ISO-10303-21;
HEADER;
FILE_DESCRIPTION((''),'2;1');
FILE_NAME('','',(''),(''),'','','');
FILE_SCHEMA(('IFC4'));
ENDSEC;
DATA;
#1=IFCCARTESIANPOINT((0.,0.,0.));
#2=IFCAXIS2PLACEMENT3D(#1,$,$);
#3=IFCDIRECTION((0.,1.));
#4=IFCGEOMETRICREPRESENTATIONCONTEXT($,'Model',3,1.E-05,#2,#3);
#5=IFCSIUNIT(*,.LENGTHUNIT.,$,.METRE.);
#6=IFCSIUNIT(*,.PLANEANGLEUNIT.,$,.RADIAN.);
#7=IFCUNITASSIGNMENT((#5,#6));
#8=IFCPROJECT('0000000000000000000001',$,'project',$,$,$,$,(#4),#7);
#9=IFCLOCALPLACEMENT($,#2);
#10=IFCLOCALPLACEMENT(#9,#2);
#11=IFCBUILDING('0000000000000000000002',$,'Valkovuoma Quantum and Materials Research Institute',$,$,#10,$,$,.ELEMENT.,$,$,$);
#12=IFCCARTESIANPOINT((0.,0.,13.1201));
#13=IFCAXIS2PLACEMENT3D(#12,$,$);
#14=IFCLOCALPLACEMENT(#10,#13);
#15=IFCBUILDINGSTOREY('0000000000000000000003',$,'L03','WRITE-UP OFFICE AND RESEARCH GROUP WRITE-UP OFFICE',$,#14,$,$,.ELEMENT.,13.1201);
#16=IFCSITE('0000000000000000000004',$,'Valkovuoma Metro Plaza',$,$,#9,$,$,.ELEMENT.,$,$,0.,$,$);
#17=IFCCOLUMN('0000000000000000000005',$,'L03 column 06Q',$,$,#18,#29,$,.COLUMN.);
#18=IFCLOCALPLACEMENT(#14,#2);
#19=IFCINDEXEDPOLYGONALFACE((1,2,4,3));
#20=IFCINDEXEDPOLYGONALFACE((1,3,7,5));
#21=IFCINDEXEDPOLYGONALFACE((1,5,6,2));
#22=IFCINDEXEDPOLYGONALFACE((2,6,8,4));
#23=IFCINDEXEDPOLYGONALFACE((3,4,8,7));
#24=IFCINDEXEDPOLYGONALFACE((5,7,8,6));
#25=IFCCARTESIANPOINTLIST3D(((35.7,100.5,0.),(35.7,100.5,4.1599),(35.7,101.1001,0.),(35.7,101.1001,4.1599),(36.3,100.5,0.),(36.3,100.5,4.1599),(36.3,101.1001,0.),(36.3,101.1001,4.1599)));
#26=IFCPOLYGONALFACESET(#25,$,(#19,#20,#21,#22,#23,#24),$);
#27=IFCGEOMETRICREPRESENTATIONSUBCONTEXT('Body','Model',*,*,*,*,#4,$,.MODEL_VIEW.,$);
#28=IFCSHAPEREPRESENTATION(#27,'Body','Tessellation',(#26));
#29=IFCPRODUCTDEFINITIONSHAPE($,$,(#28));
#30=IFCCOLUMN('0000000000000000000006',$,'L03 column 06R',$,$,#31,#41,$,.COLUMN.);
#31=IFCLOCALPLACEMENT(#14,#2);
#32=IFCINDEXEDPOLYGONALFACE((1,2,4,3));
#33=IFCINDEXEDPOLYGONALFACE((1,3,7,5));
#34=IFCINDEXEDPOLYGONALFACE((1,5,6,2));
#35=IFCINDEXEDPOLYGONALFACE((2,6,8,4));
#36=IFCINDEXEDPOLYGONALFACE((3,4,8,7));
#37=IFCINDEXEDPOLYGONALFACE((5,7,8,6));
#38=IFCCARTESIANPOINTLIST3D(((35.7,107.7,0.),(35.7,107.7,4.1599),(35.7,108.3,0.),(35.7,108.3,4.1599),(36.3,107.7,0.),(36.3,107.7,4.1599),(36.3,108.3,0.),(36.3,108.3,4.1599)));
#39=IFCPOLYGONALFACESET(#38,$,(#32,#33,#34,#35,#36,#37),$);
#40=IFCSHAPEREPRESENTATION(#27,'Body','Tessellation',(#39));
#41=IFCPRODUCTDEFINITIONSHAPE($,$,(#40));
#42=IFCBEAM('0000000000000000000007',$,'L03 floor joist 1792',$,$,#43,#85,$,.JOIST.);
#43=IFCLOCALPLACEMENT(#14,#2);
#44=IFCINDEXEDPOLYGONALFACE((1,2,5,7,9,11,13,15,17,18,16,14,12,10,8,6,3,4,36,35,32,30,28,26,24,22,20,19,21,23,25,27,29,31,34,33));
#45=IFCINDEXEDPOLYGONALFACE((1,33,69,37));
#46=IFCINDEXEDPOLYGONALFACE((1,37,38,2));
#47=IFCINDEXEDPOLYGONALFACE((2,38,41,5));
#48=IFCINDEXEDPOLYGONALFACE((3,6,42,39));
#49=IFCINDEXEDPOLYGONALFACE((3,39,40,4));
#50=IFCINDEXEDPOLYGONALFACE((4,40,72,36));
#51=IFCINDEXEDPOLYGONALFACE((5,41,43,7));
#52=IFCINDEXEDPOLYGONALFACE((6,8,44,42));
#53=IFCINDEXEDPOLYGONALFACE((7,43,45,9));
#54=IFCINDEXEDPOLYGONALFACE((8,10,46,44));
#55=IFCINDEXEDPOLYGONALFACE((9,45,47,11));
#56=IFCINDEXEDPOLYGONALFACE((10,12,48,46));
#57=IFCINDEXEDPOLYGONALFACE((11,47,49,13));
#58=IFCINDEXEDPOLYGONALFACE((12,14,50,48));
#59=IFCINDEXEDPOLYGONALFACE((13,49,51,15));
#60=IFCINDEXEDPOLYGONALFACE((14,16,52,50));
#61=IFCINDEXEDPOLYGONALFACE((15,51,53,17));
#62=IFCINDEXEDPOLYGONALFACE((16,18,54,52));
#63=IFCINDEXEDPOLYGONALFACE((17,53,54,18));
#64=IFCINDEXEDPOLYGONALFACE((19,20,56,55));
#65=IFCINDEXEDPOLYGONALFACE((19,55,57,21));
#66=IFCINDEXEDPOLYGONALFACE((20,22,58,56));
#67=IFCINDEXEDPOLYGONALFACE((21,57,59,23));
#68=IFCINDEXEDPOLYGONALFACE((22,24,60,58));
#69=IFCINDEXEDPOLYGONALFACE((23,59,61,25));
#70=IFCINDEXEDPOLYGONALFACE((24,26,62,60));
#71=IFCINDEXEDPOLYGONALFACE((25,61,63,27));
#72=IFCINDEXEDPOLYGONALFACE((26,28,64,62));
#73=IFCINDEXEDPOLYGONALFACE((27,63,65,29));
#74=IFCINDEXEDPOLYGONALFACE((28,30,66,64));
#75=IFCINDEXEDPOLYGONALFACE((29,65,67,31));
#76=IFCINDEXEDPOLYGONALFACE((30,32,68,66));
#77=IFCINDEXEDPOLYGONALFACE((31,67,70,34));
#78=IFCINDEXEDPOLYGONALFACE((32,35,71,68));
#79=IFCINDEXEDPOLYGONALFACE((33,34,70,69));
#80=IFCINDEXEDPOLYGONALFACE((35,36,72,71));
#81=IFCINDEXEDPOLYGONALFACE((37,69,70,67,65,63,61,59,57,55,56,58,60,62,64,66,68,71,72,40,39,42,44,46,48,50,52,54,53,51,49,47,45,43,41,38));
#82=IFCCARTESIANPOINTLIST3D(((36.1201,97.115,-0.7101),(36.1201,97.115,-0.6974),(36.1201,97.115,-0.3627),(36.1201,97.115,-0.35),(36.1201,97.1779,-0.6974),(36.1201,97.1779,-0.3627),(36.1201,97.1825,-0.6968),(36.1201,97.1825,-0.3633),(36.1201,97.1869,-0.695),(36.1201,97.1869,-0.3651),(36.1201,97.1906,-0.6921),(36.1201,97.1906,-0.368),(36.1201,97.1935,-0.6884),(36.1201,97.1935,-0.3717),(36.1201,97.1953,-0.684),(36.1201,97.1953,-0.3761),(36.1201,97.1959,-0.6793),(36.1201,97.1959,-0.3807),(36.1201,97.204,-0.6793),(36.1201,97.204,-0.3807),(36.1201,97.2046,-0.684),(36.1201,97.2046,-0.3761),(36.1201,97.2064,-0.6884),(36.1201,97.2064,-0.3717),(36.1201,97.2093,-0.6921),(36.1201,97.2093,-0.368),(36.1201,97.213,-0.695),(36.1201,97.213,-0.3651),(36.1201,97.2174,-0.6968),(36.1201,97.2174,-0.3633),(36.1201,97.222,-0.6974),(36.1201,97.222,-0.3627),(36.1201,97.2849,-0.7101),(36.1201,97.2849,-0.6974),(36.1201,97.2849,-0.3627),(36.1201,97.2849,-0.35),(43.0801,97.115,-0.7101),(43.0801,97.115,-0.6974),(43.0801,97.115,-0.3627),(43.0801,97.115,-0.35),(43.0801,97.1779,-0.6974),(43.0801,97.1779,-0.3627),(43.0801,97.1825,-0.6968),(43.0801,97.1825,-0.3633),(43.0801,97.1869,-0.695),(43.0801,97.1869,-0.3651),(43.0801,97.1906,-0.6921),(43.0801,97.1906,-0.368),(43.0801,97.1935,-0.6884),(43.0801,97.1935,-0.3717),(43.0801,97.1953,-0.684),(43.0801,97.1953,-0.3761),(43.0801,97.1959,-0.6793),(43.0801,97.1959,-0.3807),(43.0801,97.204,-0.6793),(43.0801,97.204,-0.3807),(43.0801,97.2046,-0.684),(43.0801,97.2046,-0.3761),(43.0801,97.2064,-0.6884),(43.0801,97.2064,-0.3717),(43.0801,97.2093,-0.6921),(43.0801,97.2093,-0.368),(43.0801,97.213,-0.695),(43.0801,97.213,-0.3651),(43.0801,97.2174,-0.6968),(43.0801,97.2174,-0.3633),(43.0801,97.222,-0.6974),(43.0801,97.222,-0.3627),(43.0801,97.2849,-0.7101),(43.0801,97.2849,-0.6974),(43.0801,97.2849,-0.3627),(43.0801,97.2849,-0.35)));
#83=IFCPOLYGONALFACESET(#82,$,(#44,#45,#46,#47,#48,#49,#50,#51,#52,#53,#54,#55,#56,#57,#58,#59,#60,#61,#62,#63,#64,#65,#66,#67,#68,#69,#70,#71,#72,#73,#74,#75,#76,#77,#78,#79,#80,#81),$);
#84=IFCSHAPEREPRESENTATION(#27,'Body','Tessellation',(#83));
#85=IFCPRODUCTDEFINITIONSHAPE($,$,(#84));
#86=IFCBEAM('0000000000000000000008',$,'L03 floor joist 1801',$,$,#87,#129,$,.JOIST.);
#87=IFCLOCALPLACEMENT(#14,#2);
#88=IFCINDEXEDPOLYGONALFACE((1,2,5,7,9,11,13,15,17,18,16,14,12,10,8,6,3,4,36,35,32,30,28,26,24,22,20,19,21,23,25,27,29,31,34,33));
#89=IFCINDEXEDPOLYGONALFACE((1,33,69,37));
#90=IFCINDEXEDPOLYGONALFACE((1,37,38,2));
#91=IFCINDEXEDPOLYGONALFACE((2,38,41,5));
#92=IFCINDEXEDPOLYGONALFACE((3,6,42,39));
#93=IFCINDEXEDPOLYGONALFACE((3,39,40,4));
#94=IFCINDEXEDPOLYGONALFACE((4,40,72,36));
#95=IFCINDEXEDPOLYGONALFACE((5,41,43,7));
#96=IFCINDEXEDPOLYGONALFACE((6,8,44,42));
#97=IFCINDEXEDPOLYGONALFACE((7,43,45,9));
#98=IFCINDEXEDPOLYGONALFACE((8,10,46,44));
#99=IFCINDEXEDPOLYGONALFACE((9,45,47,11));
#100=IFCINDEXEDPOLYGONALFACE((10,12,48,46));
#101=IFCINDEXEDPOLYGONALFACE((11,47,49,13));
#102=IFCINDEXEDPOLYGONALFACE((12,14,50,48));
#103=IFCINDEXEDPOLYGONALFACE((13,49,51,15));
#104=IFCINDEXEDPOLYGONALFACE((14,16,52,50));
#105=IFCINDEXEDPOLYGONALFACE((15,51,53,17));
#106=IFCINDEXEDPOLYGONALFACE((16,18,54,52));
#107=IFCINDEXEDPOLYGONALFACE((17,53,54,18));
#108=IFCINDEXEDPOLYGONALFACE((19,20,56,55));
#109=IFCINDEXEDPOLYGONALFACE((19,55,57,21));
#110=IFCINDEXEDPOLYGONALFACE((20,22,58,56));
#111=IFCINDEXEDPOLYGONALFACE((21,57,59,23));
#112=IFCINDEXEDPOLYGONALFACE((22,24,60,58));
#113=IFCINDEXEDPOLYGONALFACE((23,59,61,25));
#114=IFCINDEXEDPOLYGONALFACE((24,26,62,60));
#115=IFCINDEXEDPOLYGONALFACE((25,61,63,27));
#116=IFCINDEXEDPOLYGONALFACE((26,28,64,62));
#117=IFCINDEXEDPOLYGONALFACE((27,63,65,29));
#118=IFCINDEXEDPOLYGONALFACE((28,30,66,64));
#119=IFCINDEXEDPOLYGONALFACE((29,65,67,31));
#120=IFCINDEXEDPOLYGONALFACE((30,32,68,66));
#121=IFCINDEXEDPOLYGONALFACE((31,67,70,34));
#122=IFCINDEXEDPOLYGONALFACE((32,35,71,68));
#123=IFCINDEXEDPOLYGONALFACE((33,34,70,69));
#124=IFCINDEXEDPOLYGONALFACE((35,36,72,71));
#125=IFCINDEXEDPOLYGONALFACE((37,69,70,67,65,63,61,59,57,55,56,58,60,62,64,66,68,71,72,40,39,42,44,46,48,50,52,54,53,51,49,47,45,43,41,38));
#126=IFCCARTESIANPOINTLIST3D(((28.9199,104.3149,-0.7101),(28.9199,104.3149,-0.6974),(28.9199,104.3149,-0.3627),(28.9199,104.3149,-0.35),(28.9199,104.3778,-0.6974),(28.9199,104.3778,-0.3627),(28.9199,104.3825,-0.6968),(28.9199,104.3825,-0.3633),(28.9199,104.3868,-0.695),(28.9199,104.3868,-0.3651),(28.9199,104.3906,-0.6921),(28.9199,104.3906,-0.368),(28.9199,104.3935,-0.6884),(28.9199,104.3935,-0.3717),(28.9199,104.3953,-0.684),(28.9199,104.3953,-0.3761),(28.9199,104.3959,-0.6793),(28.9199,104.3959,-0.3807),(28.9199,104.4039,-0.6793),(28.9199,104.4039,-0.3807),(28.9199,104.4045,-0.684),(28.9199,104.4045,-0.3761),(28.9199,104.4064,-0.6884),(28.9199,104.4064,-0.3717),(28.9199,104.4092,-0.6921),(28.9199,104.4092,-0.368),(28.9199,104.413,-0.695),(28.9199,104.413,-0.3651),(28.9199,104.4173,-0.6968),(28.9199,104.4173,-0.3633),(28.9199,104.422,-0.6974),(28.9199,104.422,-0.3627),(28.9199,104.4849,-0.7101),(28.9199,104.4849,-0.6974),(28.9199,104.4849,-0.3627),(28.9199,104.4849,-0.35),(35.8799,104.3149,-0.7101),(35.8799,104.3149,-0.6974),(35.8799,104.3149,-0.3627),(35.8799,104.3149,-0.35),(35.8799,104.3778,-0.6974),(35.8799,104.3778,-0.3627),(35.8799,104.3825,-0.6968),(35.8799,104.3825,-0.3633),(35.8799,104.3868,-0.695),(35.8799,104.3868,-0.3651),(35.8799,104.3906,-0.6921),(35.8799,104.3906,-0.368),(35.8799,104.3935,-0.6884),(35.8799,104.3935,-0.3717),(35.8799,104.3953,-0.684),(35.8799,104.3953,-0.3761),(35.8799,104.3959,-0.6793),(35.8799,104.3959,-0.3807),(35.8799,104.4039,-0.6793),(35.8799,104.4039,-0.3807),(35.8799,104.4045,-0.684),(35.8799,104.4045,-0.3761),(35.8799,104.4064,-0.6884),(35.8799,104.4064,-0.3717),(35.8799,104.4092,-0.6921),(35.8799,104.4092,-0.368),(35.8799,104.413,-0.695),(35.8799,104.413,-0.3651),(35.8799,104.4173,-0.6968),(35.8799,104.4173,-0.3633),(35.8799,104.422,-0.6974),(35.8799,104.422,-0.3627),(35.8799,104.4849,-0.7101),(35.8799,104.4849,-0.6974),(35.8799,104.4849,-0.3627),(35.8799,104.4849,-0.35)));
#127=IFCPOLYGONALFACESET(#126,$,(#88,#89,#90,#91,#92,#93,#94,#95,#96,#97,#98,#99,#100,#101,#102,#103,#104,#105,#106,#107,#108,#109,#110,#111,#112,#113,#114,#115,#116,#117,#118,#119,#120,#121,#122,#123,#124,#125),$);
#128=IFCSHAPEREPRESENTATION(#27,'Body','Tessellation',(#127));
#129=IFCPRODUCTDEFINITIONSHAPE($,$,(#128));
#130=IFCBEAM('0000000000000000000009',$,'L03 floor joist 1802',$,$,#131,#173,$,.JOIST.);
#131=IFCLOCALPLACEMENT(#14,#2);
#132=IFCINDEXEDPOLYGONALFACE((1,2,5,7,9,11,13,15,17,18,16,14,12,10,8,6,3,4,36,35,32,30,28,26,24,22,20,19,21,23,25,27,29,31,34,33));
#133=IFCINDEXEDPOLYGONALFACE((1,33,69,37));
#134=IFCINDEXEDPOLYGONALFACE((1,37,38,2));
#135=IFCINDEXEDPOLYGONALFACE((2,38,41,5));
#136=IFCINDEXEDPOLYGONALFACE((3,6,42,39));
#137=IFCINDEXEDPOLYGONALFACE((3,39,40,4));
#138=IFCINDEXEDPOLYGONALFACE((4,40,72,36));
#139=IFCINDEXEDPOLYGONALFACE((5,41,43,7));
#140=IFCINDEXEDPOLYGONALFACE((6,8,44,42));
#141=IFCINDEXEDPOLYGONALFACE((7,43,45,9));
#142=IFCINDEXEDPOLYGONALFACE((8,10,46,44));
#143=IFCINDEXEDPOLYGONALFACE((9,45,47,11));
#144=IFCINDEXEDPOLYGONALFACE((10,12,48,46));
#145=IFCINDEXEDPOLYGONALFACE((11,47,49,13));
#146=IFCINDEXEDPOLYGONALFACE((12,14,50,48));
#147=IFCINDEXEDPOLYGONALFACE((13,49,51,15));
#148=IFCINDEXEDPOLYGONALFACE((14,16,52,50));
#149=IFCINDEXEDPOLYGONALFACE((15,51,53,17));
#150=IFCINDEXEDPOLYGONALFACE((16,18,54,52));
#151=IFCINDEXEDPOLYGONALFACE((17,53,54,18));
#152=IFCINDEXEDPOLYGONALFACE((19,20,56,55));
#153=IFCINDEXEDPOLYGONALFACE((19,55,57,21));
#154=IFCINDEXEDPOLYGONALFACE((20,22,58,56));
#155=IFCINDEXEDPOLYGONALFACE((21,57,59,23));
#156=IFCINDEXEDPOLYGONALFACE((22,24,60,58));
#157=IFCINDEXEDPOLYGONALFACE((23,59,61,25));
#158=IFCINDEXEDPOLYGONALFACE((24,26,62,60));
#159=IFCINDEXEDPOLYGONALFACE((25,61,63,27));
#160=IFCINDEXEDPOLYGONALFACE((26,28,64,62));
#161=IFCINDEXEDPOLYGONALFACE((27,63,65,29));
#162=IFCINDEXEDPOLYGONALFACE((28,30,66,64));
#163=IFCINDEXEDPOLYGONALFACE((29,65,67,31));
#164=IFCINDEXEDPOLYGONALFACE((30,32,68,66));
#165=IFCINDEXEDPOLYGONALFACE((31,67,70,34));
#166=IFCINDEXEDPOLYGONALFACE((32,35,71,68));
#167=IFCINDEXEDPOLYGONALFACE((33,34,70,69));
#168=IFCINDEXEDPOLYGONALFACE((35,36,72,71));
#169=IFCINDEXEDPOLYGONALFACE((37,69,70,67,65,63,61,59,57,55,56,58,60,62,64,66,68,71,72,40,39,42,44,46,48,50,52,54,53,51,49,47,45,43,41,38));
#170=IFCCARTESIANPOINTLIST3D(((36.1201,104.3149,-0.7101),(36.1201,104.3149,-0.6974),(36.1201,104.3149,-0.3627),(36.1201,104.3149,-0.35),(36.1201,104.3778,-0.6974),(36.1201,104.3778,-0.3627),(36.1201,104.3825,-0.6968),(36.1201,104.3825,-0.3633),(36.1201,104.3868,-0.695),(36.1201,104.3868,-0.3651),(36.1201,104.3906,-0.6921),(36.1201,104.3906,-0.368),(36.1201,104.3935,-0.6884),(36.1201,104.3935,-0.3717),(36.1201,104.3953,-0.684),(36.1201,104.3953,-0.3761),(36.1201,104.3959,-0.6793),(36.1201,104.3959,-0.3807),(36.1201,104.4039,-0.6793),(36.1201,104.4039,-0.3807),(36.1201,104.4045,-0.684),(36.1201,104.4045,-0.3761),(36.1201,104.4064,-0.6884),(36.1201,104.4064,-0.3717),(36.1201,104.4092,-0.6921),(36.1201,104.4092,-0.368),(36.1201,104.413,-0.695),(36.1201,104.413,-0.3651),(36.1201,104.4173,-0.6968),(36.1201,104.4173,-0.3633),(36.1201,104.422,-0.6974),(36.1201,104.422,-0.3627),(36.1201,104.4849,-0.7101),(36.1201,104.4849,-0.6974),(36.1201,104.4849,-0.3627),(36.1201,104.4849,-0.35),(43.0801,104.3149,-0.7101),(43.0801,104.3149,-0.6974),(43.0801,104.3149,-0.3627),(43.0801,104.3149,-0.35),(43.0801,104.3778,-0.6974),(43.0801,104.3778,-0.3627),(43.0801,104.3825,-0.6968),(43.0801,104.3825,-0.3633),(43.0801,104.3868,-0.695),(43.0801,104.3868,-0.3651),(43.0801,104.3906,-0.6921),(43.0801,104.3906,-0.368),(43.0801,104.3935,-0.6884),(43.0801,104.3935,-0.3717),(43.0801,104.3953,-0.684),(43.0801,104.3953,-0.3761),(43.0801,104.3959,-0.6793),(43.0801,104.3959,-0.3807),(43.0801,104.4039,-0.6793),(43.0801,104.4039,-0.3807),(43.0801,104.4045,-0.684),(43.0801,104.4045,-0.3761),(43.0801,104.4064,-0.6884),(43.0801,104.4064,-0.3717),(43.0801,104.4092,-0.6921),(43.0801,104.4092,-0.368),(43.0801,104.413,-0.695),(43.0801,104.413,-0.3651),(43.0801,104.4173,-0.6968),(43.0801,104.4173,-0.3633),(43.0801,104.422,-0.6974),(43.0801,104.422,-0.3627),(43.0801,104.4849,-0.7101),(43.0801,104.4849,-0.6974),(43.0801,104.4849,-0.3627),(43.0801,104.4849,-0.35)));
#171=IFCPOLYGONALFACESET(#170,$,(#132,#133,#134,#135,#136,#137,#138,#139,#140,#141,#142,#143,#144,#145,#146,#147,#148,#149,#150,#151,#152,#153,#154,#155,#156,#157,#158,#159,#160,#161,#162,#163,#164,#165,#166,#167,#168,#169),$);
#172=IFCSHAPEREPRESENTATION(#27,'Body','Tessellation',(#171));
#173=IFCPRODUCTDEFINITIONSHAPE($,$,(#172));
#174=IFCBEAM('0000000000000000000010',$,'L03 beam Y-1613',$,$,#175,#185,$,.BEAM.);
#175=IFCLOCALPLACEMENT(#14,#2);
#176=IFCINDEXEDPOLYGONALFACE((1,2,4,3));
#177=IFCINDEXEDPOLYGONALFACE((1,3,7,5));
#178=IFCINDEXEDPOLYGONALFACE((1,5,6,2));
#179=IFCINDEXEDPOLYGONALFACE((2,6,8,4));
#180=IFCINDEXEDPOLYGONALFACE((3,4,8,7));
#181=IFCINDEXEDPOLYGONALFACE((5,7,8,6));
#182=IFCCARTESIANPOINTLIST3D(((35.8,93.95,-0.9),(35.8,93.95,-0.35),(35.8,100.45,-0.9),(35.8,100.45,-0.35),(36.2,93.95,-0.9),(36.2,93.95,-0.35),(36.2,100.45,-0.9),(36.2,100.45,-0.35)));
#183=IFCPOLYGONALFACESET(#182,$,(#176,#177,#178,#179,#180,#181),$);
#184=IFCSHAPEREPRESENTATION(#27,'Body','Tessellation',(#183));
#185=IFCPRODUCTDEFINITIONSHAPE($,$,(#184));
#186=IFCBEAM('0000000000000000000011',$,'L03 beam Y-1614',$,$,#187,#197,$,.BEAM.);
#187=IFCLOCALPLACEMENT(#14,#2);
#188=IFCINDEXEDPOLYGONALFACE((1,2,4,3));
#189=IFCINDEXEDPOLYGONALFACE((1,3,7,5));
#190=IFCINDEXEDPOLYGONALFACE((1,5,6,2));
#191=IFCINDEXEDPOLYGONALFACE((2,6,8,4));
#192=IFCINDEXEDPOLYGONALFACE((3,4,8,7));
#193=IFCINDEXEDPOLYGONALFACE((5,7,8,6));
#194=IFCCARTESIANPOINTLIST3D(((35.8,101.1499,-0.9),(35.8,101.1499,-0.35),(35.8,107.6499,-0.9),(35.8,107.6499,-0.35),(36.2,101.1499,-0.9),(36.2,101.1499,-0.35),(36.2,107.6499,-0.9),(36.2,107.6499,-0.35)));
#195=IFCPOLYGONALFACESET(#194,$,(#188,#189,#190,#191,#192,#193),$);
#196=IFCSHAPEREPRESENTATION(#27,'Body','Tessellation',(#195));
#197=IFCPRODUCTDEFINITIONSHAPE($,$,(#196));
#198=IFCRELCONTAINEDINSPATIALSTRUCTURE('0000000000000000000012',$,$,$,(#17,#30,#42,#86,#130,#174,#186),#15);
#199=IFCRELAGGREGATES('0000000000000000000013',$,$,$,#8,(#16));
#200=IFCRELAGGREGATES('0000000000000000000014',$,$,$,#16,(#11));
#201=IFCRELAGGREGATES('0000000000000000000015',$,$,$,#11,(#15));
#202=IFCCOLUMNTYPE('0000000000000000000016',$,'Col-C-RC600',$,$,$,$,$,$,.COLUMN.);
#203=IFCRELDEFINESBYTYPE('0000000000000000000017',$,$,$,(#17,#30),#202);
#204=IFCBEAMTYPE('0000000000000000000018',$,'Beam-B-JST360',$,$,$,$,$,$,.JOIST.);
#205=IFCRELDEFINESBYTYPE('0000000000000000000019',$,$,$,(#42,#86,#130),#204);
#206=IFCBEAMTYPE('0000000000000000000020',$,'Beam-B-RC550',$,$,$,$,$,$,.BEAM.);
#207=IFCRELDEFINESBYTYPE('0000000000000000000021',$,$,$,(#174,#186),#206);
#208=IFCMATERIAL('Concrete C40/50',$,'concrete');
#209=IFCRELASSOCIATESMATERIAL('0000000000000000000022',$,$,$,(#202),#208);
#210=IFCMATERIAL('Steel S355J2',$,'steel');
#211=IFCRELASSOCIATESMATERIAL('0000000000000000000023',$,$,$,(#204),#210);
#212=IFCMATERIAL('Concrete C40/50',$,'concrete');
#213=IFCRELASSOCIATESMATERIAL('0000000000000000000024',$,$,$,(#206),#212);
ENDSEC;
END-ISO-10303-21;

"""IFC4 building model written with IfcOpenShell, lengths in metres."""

from ifc_helpers import new_model, si_unit, direction, frame, origin, origin_2d, place, context, subcontext, project, spatial, rectangle, i_section, extrude, material, material_profile, profile_set, type_object, element, save


model = new_model("IFC4")

# Units and contexts
model_context = context("Model", 3, precision=1e-05, world=origin(), true_north=direction((0.0, 1.0)))
body_context = subcontext(model_context, "Body", "Model", "MODEL_VIEW")
ifc_project = project(units=[si_unit("LENGTHUNIT", "METRE"), si_unit("PLANEANGLEUNIT", "RADIAN")], contexts=[model_context])

# Site, building, storey
site_placement = place(None, origin())
site = spatial("IfcSite", under=ifc_project, at=site_placement, Name="Valkovuoma Metro Plaza", CompositionType="ELEMENT", RefElevation=0.0)
building_placement = place(site_placement, origin())
building = spatial("IfcBuilding", under=site, at=building_placement, Name="Valkovuoma Quantum and Materials Research Institute", CompositionType="ELEMENT")
storey_placement = place(building_placement, frame((0.0, 0.0, 13.1201)))
storey = spatial("IfcBuildingStorey", under=building, at=storey_placement, Name="L03", Description="WRITE-UP OFFICE AND RESEARCH GROUP WRITE-UP OFFICE", CompositionType="ELEMENT", Elevation=13.1201)

# Columns
ifc_material_1 = material(Name="Concrete C40/50", Category="concrete")
ifc_material_profile_1 = material_profile(ifc_material_1, rectangle(XDim=0.6001, YDim=0.6001, at=origin_2d()), Name="Concrete C40/50")
ifc_profile_set_1 = profile_set([ifc_material_profile_1], Name="Concrete C40/50")
column_type = type_object("IfcColumnType", Name="Col-C-RC600", PredefinedType="COLUMN", material=ifc_profile_set_1)
for number, where, z_axis, x_axis, name in (
    (1, (36.0, 100.8, 0.0), (0.0, 0.0, 1.0), (1.0, 0.0, 0.0), "L03 column 06Q"),
    (2, (36.0, 108.0, 0.0), (0.0, 0.0, 1.0), (1.0, 0.0, 0.0), "L03 column 06R"),
):
    element("IfcColumn", number, at=place(storey_placement, frame(where, z_axis=z_axis, x_axis=x_axis)), inside=storey, type_object=column_type, Name=name, PredefinedType="COLUMN", context=body_context, shape_type="SweptSolid", body=[
        extrude(rectangle(XDim=0.6001, YDim=0.6001, at=origin_2d()), origin(), (0.0, 0.0, 1.0), 4.1599),
    ])

# Beams
ifc_material_2 = material(Name="Steel S355J2", Category="steel")
ifc_material_profile_2 = material_profile(ifc_material_2, i_section(OverallWidth=0.1699, OverallDepth=0.3601, WebThickness=0.0081, FlangeThickness=0.0127, FilletRadius=0.0181, at=origin_2d()), Name="Steel S355J2")
ifc_profile_set_2 = profile_set([ifc_material_profile_2], Name="Steel S355J2")
beam_type_1 = type_object("IfcBeamType", Name="Beam-B-JST360", PredefinedType="JOIST", material=ifc_profile_set_2)
for number, where, z_axis, x_axis, name in (
    (3, (36.1201, 97.2, -0.53), (1.0, 0.0, 0.0), (0.0, 1.0, 0.0), "L03 floor joist 1792"),
    (4, (28.9199, 104.3999, -0.53), (1.0, 0.0, 0.0), (0.0, 1.0, 0.0), "L03 floor joist 1801"),
    (5, (36.1201, 104.3999, -0.53), (1.0, 0.0, 0.0), (0.0, 1.0, 0.0), "L03 floor joist 1802"),
):
    element("IfcBeam", number, at=place(storey_placement, frame(where, z_axis=z_axis, x_axis=x_axis)), inside=storey, type_object=beam_type_1, Name=name, PredefinedType="JOIST", context=body_context, shape_type="SweptSolid", body=[
        extrude(i_section(OverallWidth=0.1699, OverallDepth=0.3601, WebThickness=0.0081, FlangeThickness=0.0127, FilletRadius=0.0181, at=origin_2d()), origin(), (0.0, 0.0, 1.0), 6.96),
    ])
ifc_material_3 = material(Name="Concrete C40/50", Category="concrete")
ifc_material_profile_3 = material_profile(ifc_material_3, rectangle(XDim=0.3999, YDim=0.55, at=origin_2d()), Name="Concrete C40/50")
ifc_profile_set_3 = profile_set([ifc_material_profile_3], Name="Concrete C40/50")
beam_type_2 = type_object("IfcBeamType", Name="Beam-B-RC550", PredefinedType="BEAM", material=ifc_profile_set_3)
for number, where, z_axis, x_axis, name in (
    (6, (36.0, 93.95, -0.625), (0.0, 1.0, 0.0), (-1.0, 0.0, 0.0), "L03 beam Y-1613"),
    (7, (36.0, 101.1499, -0.625), (0.0, 1.0, 0.0), (-1.0, 0.0, 0.0), "L03 beam Y-1614"),
):
    element("IfcBeam", number, at=place(storey_placement, frame(where, z_axis=z_axis, x_axis=x_axis)), inside=storey, type_object=beam_type_2, Name=name, PredefinedType="BEAM", context=body_context, shape_type="SweptSolid", body=[
        extrude(rectangle(XDim=0.3999, YDim=0.55, at=origin_2d()), origin(), (0.0, 0.0, 1.0), 6.5),
    ])

save(model, "model.ifc")
